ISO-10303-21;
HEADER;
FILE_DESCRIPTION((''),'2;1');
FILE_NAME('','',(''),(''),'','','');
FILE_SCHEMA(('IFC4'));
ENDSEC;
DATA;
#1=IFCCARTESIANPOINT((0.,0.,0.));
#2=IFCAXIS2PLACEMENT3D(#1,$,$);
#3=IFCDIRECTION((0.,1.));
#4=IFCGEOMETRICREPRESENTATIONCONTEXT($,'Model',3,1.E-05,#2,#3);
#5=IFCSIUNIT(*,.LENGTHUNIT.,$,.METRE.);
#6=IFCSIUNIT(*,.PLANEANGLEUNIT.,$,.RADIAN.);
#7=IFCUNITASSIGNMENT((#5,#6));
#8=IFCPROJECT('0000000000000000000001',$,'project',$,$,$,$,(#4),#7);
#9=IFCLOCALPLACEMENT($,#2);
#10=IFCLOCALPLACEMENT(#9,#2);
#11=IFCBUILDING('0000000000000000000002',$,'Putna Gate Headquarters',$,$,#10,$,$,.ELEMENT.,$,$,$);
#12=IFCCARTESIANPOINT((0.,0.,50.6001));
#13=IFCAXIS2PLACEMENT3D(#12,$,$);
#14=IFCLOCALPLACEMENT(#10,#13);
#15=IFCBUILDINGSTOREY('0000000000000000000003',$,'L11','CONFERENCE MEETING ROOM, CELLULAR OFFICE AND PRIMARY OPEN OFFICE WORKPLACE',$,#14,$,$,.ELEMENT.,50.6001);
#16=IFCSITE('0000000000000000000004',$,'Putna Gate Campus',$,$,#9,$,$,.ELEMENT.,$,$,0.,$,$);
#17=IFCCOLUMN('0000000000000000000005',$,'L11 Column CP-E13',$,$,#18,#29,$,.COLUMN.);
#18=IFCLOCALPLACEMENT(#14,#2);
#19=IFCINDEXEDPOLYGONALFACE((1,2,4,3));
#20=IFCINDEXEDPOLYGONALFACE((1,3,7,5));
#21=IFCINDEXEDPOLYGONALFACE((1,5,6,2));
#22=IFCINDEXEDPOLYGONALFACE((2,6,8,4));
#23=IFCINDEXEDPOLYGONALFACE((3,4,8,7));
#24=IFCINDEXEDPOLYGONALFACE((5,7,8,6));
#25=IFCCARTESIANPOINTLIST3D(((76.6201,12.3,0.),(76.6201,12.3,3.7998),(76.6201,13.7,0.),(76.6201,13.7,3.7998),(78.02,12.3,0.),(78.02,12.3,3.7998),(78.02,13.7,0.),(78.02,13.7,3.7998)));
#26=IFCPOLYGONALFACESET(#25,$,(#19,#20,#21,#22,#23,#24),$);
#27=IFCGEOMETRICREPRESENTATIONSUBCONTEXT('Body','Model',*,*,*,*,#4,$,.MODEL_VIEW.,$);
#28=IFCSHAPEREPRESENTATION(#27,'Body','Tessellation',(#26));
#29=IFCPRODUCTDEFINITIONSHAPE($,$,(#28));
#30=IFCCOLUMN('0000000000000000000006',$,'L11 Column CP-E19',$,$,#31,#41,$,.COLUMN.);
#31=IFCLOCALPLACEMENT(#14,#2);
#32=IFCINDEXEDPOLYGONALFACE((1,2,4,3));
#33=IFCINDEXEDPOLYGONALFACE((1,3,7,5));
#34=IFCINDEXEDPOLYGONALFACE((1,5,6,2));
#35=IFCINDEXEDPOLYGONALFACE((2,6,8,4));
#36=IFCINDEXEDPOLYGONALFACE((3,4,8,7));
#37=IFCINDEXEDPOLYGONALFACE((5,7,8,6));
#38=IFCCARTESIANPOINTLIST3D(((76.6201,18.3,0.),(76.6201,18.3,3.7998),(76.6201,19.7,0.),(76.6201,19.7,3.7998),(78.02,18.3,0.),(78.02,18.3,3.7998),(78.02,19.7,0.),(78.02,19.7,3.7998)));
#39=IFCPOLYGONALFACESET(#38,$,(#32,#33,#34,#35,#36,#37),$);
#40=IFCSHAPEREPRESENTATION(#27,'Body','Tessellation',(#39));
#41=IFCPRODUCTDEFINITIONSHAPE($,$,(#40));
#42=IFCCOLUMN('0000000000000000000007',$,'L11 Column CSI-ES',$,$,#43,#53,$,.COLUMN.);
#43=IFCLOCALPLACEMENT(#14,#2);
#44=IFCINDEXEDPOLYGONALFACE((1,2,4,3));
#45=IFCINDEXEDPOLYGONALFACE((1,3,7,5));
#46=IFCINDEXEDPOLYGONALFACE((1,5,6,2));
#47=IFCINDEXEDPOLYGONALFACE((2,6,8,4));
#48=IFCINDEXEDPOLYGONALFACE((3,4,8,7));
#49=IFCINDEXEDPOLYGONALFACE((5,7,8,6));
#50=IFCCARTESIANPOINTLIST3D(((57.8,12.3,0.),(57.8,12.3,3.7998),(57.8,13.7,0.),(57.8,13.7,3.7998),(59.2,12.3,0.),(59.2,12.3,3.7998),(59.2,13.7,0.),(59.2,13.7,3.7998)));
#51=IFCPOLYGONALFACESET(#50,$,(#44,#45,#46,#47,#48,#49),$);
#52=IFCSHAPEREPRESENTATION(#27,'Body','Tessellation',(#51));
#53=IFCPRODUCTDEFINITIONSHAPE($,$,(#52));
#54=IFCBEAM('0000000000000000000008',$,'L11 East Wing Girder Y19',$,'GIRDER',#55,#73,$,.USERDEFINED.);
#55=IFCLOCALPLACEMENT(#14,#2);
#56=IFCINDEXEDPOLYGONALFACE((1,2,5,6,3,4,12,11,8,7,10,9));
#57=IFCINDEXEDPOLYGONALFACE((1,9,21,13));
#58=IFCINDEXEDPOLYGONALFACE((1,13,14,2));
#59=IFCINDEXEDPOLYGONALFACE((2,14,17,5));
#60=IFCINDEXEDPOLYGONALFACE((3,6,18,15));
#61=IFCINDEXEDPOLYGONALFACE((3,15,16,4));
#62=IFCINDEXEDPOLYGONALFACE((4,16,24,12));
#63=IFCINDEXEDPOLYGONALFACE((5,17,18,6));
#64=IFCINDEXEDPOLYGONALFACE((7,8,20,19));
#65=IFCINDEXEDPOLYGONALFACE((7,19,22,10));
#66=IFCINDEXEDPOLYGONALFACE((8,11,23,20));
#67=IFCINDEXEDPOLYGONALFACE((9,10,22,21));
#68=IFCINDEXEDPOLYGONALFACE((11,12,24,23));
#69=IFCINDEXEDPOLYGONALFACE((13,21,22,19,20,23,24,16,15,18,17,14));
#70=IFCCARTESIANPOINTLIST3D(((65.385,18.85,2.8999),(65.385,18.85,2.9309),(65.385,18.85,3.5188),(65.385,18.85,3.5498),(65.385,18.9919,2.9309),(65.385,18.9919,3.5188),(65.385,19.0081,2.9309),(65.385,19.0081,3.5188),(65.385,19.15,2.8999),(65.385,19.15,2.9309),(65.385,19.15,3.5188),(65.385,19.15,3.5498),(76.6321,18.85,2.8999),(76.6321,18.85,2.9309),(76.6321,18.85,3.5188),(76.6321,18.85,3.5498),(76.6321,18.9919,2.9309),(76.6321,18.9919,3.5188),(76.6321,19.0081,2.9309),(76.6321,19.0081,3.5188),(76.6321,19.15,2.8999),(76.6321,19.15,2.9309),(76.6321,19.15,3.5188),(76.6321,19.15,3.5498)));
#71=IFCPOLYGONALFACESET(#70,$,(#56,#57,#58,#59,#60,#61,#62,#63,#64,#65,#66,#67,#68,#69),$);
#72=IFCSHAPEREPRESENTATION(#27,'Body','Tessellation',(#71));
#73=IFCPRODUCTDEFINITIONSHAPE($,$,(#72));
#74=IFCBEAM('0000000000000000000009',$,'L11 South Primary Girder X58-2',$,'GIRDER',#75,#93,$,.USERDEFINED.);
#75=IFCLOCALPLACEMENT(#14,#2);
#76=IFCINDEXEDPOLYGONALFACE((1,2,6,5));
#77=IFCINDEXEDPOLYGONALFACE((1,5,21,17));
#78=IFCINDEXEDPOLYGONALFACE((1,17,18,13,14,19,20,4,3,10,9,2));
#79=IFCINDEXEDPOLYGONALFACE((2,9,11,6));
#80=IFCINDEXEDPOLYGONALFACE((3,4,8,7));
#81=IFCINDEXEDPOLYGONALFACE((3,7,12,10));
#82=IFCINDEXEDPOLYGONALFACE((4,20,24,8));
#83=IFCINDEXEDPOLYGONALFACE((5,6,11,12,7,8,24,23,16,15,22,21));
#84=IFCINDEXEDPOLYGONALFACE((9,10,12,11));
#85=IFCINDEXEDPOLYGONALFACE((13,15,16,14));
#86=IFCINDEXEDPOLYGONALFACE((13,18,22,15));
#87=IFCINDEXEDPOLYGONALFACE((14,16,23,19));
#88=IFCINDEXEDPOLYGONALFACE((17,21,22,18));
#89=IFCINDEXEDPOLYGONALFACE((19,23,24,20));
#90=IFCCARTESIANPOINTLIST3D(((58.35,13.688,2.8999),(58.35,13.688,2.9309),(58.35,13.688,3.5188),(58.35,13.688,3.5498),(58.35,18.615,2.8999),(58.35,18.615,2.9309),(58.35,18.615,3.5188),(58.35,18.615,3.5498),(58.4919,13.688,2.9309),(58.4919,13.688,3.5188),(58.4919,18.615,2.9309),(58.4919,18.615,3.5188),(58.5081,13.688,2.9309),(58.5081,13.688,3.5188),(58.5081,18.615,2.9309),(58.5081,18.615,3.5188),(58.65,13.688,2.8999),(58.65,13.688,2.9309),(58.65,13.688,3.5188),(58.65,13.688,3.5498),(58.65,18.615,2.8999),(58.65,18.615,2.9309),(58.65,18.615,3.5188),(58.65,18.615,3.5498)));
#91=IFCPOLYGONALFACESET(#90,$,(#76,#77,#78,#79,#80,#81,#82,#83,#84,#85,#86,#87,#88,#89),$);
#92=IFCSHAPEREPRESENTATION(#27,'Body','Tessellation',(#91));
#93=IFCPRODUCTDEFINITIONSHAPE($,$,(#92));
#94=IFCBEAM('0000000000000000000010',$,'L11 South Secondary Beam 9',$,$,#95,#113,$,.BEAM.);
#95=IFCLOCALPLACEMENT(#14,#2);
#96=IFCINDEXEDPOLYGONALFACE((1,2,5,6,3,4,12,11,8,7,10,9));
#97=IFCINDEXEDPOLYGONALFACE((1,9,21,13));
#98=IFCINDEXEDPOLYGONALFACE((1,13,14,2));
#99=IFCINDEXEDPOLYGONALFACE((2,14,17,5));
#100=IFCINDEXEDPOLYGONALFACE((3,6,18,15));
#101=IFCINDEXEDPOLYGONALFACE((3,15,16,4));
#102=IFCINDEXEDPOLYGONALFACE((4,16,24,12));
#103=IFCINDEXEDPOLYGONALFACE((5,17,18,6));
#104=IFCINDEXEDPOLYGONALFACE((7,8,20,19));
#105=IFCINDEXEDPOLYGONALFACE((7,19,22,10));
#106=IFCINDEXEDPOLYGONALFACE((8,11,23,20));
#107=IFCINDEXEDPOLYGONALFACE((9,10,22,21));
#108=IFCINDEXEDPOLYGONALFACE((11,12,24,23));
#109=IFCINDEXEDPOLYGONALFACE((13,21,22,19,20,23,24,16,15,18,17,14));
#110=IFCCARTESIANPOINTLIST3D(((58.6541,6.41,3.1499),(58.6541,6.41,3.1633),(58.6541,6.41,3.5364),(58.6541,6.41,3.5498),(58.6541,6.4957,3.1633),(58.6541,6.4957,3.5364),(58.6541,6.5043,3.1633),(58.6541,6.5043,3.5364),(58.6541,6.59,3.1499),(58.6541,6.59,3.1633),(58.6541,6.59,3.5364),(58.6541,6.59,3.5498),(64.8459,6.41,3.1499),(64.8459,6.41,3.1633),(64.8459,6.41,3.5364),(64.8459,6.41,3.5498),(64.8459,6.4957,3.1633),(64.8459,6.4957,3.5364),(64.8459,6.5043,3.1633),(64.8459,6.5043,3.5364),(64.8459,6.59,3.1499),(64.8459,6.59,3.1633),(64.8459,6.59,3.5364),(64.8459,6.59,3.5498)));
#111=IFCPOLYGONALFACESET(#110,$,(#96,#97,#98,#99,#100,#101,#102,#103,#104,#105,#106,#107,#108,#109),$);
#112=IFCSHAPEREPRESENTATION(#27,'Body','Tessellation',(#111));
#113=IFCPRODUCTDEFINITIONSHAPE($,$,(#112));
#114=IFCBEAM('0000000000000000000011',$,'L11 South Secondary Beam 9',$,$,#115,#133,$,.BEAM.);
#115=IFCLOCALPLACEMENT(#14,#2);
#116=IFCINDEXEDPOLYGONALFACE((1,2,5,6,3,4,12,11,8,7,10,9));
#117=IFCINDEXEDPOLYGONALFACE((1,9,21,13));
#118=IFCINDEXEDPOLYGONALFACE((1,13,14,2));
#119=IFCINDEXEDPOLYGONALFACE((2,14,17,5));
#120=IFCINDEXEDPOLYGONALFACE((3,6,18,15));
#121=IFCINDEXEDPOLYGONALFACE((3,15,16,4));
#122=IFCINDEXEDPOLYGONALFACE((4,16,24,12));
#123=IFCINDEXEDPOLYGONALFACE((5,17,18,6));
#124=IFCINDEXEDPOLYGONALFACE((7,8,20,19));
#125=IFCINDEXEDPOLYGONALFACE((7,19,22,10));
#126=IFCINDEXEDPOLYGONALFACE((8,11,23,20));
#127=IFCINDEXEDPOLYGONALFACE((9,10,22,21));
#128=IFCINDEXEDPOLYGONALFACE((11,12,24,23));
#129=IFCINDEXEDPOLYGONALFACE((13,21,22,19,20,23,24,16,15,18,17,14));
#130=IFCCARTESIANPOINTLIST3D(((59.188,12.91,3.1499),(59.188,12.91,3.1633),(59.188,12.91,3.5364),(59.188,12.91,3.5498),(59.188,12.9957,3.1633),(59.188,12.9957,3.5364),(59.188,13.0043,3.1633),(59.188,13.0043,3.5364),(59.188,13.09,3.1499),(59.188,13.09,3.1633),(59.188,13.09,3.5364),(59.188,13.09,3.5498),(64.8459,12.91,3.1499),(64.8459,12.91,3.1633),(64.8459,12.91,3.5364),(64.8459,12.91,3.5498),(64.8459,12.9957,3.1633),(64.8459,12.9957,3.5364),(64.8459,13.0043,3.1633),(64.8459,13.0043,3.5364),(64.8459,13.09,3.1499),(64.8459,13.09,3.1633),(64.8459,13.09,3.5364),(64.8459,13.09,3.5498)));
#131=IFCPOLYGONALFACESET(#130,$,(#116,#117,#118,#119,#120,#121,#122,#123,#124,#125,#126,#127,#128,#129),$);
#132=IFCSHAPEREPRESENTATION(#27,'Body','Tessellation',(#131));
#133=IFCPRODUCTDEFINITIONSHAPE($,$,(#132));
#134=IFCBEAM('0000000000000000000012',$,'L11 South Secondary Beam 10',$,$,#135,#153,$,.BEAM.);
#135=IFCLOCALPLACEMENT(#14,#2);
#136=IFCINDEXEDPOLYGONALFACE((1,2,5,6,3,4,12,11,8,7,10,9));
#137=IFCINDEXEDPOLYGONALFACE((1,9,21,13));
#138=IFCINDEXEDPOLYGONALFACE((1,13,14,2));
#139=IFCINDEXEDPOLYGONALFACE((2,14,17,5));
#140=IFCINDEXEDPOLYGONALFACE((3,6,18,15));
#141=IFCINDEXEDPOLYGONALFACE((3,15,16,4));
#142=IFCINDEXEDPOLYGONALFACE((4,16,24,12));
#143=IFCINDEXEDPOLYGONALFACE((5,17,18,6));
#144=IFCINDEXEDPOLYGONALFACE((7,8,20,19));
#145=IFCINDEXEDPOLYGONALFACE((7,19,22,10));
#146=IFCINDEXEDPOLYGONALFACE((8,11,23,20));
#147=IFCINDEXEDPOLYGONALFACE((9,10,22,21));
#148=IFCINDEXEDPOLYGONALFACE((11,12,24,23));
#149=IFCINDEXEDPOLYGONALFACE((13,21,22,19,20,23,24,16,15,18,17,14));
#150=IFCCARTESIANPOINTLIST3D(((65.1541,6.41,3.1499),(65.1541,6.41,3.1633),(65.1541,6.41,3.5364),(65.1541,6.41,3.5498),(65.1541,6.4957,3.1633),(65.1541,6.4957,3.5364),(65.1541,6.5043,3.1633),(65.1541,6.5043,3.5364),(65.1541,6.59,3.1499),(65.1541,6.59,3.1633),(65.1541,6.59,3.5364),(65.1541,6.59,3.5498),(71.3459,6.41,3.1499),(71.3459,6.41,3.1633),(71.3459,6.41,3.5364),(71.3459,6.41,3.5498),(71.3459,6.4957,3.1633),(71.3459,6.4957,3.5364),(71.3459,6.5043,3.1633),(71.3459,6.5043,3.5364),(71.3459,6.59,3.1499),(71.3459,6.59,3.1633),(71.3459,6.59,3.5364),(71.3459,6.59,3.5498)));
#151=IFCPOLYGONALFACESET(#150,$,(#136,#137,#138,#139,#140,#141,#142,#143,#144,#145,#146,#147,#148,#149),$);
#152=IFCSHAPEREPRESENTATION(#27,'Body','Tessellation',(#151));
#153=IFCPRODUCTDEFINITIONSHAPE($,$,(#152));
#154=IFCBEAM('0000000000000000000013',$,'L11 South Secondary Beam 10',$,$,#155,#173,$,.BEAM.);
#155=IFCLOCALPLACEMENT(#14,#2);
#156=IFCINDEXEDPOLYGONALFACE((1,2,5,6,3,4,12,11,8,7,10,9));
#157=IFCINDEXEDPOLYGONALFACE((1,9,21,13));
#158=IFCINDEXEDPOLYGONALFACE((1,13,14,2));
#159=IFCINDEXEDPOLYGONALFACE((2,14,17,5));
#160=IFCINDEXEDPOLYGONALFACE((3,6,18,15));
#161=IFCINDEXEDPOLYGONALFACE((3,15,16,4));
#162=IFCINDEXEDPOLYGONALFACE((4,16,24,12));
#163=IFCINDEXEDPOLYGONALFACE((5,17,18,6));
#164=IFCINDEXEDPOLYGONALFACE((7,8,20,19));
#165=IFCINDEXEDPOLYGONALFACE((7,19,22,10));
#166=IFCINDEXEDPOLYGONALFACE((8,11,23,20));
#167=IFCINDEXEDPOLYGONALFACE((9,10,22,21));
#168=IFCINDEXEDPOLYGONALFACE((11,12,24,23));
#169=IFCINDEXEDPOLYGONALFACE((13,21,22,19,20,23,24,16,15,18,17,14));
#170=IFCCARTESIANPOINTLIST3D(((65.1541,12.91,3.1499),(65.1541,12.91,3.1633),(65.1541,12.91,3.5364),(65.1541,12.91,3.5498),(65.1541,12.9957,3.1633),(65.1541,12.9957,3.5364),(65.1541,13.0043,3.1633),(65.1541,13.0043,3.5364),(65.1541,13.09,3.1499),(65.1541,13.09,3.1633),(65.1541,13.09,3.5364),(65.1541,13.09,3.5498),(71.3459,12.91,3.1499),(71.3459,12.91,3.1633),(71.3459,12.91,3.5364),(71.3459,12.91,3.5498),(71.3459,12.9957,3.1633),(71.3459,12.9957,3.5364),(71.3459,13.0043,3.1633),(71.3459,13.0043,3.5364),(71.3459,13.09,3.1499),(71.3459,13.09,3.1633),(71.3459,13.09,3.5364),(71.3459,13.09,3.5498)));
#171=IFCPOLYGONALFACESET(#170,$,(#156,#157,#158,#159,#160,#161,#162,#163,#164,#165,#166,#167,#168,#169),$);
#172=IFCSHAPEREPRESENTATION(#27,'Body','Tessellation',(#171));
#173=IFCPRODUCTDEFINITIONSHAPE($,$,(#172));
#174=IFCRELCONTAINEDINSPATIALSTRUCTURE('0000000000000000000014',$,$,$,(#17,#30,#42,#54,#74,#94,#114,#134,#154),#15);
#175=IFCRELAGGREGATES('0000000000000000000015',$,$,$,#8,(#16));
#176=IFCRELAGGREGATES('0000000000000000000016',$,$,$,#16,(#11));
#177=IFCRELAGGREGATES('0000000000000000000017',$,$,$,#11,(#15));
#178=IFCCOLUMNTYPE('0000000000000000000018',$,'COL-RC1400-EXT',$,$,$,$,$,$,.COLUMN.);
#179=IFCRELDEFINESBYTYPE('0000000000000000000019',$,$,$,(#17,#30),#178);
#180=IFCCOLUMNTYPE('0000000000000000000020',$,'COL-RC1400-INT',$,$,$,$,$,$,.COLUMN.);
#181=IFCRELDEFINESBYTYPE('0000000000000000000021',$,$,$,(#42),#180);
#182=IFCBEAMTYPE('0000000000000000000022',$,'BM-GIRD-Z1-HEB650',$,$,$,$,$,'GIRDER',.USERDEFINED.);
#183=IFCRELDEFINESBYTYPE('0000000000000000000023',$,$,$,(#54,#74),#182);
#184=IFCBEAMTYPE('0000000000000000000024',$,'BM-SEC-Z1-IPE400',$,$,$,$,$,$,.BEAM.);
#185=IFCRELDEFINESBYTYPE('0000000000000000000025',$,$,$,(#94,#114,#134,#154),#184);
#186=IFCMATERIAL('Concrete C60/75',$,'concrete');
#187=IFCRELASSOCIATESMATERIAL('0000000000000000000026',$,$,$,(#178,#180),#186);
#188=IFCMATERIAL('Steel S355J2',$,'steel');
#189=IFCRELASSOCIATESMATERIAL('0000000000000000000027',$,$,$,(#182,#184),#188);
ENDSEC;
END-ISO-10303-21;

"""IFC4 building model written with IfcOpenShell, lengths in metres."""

from ifc_helpers import new_model, si_unit, direction, frame, origin, origin_2d, place, context, subcontext, project, spatial, rectangle, i_section, extrude, material, material_profile, profile_set, type_object, element, save


model = new_model("IFC4")

# Units and contexts
model_context = context("Model", 3, precision=1e-05, world=origin(), true_north=direction((0.0, 1.0)))
body_context = subcontext(model_context, "Body", "Model", "MODEL_VIEW")
ifc_project = project(units=[si_unit("LENGTHUNIT", "METRE"), si_unit("PLANEANGLEUNIT", "RADIAN")], contexts=[model_context])

# Site, building, storey
site_placement = place(None, origin())
site = spatial("IfcSite", under=ifc_project, at=site_placement, Name="Putna Gate Campus", CompositionType="ELEMENT", RefElevation=0.0)
building_placement = place(site_placement, origin())
building = spatial("IfcBuilding", under=site, at=building_placement, Name="Putna Gate Headquarters", CompositionType="ELEMENT")
storey_placement = place(building_placement, frame((0.0, 0.0, 50.6001)))
storey = spatial("IfcBuildingStorey", under=building, at=storey_placement, Name="L11", Description="CONFERENCE MEETING ROOM, CELLULAR OFFICE AND PRIMARY OPEN OFFICE WORKPLACE", CompositionType="ELEMENT", Elevation=50.6001)

# Columns
ifc_material_1 = material(Name="Concrete C60/75", Category="concrete")
ifc_material_profile_1 = material_profile(ifc_material_1, rectangle(XDim=1.3999, YDim=1.3999, at=origin_2d()), Name="Concrete C60/75")
ifc_profile_set_1 = profile_set([ifc_material_profile_1], Name="Concrete C60/75")
column_type_1 = type_object("IfcColumnType", Name="COL-RC1400-EXT", PredefinedType="COLUMN", material=ifc_profile_set_1)
for number, where, z_axis, x_axis, name in (
    (1, (77.3201, 13.0, 0.0), (0.0, 0.0, 1.0), (1.0, 0.0, 0.0), "L11 Column CP-E13"),
    (2, (77.3201, 19.0, 0.0), (0.0, 0.0, 1.0), (1.0, 0.0, 0.0), "L11 Column CP-E19"),
):
    element("IfcColumn", number, at=place(storey_placement, frame(where, z_axis=z_axis, x_axis=x_axis)), inside=storey, type_object=column_type_1, Name=name, PredefinedType="COLUMN", context=body_context, shape_type="SweptSolid", body=[
        extrude(rectangle(XDim=1.3999, YDim=1.3999, at=origin_2d()), origin(), (0.0, 0.0, 1.0), 3.7998),
    ])
ifc_material_profile_2 = material_profile(ifc_material_1, rectangle(XDim=1.3999, YDim=1.3999, at=origin_2d()), Name="Concrete C60/75")
ifc_profile_set_2 = profile_set([ifc_material_profile_2], Name="Concrete C60/75")
column_type_2 = type_object("IfcColumnType", Name="COL-RC1400-INT", PredefinedType="COLUMN", material=ifc_profile_set_2)
column_placement = place(storey_placement, frame((58.5, 13.0, 0.0), z_axis=(0.0, 0.0, 1.0), x_axis=(1.0, 0.0, 0.0)))
element("IfcColumn", 3, at=column_placement, inside=storey, type_object=column_type_2, Name="L11 Column CSI-ES", PredefinedType="COLUMN", context=body_context, shape_type="SweptSolid", body=[
    extrude(rectangle(XDim=1.3999, YDim=1.3999, at=origin_2d()), origin(), (0.0, 0.0, 1.0), 3.7998),
])

# Beams
ifc_material_2 = material(Name="Steel S355J2", Category="steel")
ifc_material_profile_3 = material_profile(ifc_material_2, i_section(OverallWidth=0.3, OverallDepth=0.6499, WebThickness=0.0161, FlangeThickness=0.031, at=origin_2d()), Name="Steel S355J2")
ifc_profile_set_3 = profile_set([ifc_material_profile_3], Name="Steel S355J2")
beam_type_1 = type_object("IfcBeamType", Name="BM-GIRD-Z1-HEB650", ElementType="GIRDER", PredefinedType="USERDEFINED", material=ifc_profile_set_3)
beam_1_placement = place(storey_placement, frame((65.385, 19.0, 3.2249), z_axis=(1.0, 0.0, 0.0), x_axis=(0.0, 1.0, 0.0)))
element("IfcBeam", 4, at=beam_1_placement, inside=storey, type_object=beam_type_1, Name="L11 East Wing Girder Y19", ObjectType="GIRDER", PredefinedType="USERDEFINED", context=body_context, shape_type="SweptSolid", body=[
    extrude(i_section(OverallWidth=0.3, OverallDepth=0.6499, WebThickness=0.0161, FlangeThickness=0.031, at=origin_2d()), origin(), (0.0, 0.0, 1.0), 11.2471),
])
beam_2_placement = place(storey_placement, frame((58.5, 13.688, 3.2249), z_axis=(0.0, 1.0, 0.0), x_axis=(-1.0, 0.0, 0.0)))
element("IfcBeam", 5, at=beam_2_placement, inside=storey, type_object=beam_type_1, Name="L11 South Primary Girder X58-2", ObjectType="GIRDER", PredefinedType="USERDEFINED", context=body_context, shape_type="SweptSolid", body=[
    extrude(i_section(OverallWidth=0.3, OverallDepth=0.6499, WebThickness=0.0161, FlangeThickness=0.031, at=origin_2d()), origin(), (0.0, 0.0, 1.0), 4.927),
])
ifc_material_profile_4 = material_profile(ifc_material_2, i_section(OverallWidth=0.1799, OverallDepth=0.3999, WebThickness=0.0085, FlangeThickness=0.0134, at=origin_2d()), Name="Steel S355J2")
ifc_profile_set_4 = profile_set([ifc_material_profile_4], Name="Steel S355J2")
beam_type_2 = type_object("IfcBeamType", Name="BM-SEC-Z1-IPE400", PredefinedType="BEAM", material=ifc_profile_set_4)
beam_3_placement = place(storey_placement, frame((58.6541, 6.5, 3.3499), z_axis=(1.0, 0.0, 0.0), x_axis=(0.0, 1.0, 0.0)))
element("IfcBeam", 6, at=beam_3_placement, inside=storey, type_object=beam_type_2, Name="L11 South Secondary Beam 9", PredefinedType="BEAM", context=body_context, shape_type="SweptSolid", body=[
    extrude(i_section(OverallWidth=0.1799, OverallDepth=0.3999, WebThickness=0.0085, FlangeThickness=0.0134, at=origin_2d()), origin(), (0.0, 0.0, 1.0), 6.1919),
])
beam_4_placement = place(storey_placement, frame((59.188, 13.0, 3.3499), z_axis=(1.0, 0.0, 0.0), x_axis=(0.0, 1.0, 0.0)))
element("IfcBeam", 7, at=beam_4_placement, inside=storey, type_object=beam_type_2, Name="L11 South Secondary Beam 9", PredefinedType="BEAM", context=body_context, shape_type="SweptSolid", body=[
    extrude(i_section(OverallWidth=0.1799, OverallDepth=0.3999, WebThickness=0.0085, FlangeThickness=0.0134, at=origin_2d()), origin(), (0.0, 0.0, 1.0), 5.658),
])
for number, where, z_axis, x_axis, name in (
    (8, (65.1541, 6.5, 3.3499), (1.0, 0.0, 0.0), (0.0, 1.0, 0.0), "L11 South Secondary Beam 10"),
    (9, (65.1541, 13.0, 3.3499), (1.0, 0.0, 0.0), (0.0, 1.0, 0.0), "L11 South Secondary Beam 10"),
):
    element("IfcBeam", number, at=place(storey_placement, frame(where, z_axis=z_axis, x_axis=x_axis)), inside=storey, type_object=beam_type_2, Name=name, PredefinedType="BEAM", context=body_context, shape_type="SweptSolid", body=[
        extrude(i_section(OverallWidth=0.1799, OverallDepth=0.3999, WebThickness=0.0085, FlangeThickness=0.0134, at=origin_2d()), origin(), (0.0, 0.0, 1.0), 6.1919),
    ])

save(model, "model.ifc")
